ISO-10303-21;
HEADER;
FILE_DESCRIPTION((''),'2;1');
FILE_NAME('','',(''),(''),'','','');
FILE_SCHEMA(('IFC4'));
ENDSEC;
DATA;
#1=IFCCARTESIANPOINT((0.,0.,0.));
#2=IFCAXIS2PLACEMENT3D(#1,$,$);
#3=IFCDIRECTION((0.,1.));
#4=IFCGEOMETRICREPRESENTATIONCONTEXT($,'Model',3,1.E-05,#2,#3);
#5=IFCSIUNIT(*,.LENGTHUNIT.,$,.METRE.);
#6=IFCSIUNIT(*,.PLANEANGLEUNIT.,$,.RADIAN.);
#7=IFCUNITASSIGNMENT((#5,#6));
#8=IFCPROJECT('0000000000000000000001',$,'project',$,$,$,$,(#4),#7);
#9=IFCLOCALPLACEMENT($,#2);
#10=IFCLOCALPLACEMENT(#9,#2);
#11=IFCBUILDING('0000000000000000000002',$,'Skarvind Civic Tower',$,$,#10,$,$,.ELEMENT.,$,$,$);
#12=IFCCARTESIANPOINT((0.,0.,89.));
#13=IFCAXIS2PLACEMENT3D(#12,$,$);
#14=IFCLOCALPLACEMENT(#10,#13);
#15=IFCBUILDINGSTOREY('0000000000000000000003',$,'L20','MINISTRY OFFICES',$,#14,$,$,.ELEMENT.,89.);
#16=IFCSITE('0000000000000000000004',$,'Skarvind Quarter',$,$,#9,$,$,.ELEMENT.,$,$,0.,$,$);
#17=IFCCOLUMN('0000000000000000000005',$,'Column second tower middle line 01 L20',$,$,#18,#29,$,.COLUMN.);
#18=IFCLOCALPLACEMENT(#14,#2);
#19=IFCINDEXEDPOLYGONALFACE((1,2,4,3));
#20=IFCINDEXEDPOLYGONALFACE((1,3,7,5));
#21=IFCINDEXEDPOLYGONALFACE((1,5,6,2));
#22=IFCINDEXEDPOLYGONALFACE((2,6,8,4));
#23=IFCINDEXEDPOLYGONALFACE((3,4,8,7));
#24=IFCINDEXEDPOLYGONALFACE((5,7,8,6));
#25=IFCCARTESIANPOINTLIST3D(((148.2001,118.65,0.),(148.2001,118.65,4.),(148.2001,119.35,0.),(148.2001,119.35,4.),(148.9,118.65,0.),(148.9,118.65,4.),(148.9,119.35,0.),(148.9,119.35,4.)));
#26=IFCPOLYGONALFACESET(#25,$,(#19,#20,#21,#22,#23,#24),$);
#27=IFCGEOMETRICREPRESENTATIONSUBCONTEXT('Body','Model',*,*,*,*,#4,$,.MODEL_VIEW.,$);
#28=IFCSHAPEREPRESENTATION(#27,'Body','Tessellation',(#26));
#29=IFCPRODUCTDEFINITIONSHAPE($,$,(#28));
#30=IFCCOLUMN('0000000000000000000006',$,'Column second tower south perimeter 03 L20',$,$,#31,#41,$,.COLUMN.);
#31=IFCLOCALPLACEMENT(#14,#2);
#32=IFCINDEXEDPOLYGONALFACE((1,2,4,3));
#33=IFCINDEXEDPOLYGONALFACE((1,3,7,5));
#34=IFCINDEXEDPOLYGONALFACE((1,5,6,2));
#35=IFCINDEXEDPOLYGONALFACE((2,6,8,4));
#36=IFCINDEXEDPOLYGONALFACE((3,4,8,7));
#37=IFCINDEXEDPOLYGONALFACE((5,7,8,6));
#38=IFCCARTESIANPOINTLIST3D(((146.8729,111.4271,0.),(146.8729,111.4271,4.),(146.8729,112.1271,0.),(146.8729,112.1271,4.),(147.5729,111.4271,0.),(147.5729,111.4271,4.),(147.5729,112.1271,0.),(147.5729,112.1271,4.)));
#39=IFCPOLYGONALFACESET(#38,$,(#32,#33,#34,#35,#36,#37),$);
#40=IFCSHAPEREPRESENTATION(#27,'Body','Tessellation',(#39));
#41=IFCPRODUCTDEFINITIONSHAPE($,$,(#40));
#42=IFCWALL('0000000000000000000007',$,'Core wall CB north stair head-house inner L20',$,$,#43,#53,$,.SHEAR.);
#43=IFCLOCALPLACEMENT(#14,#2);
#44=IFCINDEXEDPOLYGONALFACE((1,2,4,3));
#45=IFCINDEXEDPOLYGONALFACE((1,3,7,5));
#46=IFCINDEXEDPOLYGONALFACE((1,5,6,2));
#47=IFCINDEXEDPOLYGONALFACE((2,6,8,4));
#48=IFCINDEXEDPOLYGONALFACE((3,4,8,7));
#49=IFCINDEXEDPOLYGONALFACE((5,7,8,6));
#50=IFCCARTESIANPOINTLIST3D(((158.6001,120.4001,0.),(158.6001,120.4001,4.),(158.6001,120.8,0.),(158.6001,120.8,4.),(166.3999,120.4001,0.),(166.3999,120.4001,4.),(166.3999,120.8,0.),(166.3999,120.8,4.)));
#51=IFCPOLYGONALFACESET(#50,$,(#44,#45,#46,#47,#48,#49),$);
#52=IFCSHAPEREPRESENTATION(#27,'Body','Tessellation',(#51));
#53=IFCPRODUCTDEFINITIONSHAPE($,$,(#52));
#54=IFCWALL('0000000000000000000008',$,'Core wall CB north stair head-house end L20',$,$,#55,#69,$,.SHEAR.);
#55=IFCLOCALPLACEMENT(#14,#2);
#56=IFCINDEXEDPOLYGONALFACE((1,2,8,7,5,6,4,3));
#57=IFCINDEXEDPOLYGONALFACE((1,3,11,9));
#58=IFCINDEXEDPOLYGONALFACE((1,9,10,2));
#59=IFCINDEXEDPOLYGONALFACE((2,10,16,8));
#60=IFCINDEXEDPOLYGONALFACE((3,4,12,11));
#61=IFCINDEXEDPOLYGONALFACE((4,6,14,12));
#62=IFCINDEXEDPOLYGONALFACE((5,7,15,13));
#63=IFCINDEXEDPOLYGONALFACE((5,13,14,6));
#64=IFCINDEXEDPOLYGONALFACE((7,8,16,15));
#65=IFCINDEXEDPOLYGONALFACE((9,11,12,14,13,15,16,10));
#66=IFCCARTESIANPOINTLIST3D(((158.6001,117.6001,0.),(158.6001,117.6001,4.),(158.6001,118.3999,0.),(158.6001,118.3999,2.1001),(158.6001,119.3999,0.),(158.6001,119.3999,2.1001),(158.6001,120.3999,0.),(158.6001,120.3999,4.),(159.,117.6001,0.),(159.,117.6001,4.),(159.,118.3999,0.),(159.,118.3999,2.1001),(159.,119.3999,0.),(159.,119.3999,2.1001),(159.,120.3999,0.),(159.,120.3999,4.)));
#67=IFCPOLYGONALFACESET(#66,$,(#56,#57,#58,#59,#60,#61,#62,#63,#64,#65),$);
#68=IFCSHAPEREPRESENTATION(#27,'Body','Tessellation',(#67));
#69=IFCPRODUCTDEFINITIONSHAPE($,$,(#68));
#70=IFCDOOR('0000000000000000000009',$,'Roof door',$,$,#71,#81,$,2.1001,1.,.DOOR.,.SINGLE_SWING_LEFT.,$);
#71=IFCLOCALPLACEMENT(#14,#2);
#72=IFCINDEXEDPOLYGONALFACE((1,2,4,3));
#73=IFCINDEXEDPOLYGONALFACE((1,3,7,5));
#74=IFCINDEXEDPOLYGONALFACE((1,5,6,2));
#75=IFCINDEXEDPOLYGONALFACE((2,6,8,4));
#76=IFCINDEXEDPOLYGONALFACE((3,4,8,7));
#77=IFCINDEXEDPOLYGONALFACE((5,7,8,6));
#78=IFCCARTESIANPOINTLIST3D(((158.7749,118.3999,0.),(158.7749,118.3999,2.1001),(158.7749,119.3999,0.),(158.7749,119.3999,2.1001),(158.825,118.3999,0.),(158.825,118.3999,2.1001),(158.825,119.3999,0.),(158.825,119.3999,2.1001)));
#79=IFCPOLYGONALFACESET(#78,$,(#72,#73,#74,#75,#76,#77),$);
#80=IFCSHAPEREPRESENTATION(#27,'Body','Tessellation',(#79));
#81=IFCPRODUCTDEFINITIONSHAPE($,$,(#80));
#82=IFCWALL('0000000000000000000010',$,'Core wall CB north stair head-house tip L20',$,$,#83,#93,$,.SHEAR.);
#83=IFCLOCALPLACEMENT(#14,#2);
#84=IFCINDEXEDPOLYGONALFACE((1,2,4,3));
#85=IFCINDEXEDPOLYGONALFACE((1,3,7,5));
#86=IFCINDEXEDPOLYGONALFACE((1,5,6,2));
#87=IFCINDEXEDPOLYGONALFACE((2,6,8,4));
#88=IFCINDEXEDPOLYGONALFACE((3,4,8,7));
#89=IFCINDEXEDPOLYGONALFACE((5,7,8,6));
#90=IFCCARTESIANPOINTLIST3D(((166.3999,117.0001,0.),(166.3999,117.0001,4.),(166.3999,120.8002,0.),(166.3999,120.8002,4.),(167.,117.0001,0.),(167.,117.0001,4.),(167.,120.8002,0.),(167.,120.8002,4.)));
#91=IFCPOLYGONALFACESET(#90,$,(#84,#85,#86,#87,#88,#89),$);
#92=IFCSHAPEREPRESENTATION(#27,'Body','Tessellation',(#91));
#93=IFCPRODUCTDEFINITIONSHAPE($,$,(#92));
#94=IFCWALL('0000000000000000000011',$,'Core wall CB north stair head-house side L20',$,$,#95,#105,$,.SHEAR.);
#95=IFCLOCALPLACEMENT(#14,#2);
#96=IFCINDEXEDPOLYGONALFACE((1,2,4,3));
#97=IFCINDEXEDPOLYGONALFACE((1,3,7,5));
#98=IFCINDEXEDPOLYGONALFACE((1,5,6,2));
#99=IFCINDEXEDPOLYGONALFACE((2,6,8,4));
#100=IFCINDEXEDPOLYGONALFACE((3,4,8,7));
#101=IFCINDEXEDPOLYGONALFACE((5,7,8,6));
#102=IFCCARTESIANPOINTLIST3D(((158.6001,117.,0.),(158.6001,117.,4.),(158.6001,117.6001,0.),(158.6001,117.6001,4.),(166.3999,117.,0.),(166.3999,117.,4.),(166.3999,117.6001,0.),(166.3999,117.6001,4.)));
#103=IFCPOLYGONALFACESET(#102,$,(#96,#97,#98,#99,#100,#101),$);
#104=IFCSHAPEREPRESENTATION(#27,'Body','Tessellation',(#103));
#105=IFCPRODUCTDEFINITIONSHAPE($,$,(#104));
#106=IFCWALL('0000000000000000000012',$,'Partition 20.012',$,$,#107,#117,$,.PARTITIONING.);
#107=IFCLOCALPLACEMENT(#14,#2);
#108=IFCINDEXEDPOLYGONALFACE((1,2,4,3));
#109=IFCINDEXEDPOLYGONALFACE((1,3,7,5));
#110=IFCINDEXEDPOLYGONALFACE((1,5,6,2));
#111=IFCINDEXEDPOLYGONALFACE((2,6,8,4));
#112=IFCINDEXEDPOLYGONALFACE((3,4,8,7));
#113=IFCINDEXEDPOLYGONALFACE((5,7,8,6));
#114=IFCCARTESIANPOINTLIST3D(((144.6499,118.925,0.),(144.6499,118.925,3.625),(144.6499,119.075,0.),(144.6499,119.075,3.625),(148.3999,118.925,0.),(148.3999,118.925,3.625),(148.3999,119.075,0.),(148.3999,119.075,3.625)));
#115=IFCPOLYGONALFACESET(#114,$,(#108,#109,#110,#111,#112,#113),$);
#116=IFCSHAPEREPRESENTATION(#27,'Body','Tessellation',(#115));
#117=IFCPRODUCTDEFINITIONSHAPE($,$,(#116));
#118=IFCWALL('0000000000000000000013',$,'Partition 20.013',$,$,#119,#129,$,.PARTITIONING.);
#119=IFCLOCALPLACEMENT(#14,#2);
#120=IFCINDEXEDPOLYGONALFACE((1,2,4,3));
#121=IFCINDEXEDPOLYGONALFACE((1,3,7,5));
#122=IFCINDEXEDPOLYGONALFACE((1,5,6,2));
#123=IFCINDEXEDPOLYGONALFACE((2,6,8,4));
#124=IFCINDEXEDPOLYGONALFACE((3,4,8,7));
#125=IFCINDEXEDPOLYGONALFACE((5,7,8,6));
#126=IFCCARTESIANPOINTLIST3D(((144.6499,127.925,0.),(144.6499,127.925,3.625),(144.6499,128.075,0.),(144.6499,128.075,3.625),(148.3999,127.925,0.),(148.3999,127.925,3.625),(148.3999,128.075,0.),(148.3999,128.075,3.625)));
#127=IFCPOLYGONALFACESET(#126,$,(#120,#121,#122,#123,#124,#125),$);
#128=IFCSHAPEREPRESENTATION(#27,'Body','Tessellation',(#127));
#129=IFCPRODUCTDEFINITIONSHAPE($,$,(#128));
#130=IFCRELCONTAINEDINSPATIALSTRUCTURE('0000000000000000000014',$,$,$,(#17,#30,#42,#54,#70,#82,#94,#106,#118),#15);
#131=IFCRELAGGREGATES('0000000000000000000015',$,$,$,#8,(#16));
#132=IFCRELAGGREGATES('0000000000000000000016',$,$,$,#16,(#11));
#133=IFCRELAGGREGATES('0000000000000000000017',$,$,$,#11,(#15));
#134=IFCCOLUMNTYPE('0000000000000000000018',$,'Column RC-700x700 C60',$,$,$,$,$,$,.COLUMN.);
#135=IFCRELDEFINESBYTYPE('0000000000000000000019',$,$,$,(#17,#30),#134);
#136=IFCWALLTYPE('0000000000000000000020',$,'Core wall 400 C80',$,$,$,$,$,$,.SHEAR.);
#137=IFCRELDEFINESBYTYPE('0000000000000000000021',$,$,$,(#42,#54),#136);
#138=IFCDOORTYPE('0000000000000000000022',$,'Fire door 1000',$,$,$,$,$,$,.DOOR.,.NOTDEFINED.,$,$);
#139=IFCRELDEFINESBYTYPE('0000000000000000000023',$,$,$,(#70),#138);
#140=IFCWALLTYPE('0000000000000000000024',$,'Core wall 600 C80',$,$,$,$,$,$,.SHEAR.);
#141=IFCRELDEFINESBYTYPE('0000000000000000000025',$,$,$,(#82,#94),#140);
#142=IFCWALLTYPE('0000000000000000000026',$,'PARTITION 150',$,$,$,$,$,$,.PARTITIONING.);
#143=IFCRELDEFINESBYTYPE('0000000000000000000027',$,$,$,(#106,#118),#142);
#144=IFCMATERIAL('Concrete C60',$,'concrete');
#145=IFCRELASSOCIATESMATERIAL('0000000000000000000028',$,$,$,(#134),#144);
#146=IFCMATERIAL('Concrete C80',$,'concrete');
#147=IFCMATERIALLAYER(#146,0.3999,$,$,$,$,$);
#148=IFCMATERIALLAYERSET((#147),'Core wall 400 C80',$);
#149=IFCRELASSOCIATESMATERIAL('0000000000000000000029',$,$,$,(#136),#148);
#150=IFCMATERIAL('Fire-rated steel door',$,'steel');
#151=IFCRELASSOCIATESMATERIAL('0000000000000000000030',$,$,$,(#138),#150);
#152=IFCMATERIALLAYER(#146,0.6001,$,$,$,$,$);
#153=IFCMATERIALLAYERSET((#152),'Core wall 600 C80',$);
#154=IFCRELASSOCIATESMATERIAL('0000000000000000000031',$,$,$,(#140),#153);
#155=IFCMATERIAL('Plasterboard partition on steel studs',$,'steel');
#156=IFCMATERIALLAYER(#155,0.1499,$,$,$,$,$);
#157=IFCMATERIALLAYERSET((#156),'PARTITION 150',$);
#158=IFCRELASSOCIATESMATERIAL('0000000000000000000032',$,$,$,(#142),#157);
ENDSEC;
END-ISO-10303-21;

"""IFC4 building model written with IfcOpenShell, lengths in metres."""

from ifc_helpers import new_model, si_unit, direction, frame, frame_2d, origin, origin_2d, place, context, subcontext, project, spatial, rectangle, extrude, material, layer, layer_set, material_profile, profile_set, type_object, element, fill, save


model = new_model("IFC4")

# Units and contexts
model_context = context("Model", 3, precision=1e-05, world=origin(), true_north=direction((0.0, 1.0)))
body_context = subcontext(model_context, "Body", "Model", "MODEL_VIEW")
ifc_project = project(units=[si_unit("LENGTHUNIT", "METRE"), si_unit("PLANEANGLEUNIT", "RADIAN")], contexts=[model_context])

# Site, building, storey
site_placement = place(None, origin())
site = spatial("IfcSite", under=ifc_project, at=site_placement, Name="Skarvind Quarter", CompositionType="ELEMENT", RefElevation=0.0)
building_placement = place(site_placement, origin())
building = spatial("IfcBuilding", under=site, at=building_placement, Name="Skarvind Civic Tower", CompositionType="ELEMENT")
storey_placement = place(building_placement, frame((0.0, 0.0, 89.0)))
storey = spatial("IfcBuildingStorey", under=building, at=storey_placement, Name="L20", Description="MINISTRY OFFICES", CompositionType="ELEMENT", Elevation=89.0)

# Columns
ifc_material_1 = material(Name="Concrete C60", Category="concrete")
ifc_material_profile = material_profile(ifc_material_1, rectangle(XDim=0.7, YDim=0.7, at=origin_2d()), Name="RC-700x700")
ifc_profile_set = profile_set([ifc_material_profile], Name="Concrete C60")
column_type = type_object("IfcColumnType", Name="Column RC-700x700 C60", PredefinedType="COLUMN", material=ifc_profile_set)
for number, where, z_axis, x_axis, name in (
    (1, (148.55, 119.0, 0.0), (0.0, 0.0, 1.0), (1.0, 0.0, 0.0), "Column second tower middle line 01 L20"),
    (2, (147.2229, 111.7771, 0.0), (0.0, 0.0, 1.0), (1.0, 0.0, 0.0), "Column second tower south perimeter 03 L20"),
):
    element("IfcColumn", number, at=place(storey_placement, frame(where, z_axis=z_axis, x_axis=x_axis)), inside=storey, type_object=column_type, Name=name, PredefinedType="COLUMN", context=body_context, shape_type="SweptSolid", body=[
        extrude(rectangle(XDim=0.7, YDim=0.7, at=origin_2d()), origin(), (0.0, 0.0, 1.0), 4.0),
    ])

# Wall
ifc_material_2 = material(Name="Concrete C80", Category="concrete")
ifc_layer_1 = layer(ifc_material_2, 0.3999)
ifc_layer_set_1 = layer_set([ifc_layer_1], Name="Core wall 400 C80")
wall_type_1 = type_object("IfcWallType", Name="Core wall 400 C80", PredefinedType="SHEAR", material=ifc_layer_set_1)
wall_1_placement = place(storey_placement, frame((166.3999, 120.6001, 0.0), z_axis=(0.0, 0.0, 1.0), x_axis=(-1.0, 0.0, 0.0)))
element("IfcWall", 3, at=wall_1_placement, inside=storey, type_object=wall_type_1, Name="Core wall CB north stair head-house inner L20", PredefinedType="SHEAR", context=body_context, shape_type="SweptSolid", body=[
    extrude(rectangle(XDim=7.7998, YDim=0.3999, at=frame_2d((3.8999, 0.0))), origin(), (0.0, 0.0, 1.0), 4.0),
])

# Wall, opening, door
wall_2_placement = place(storey_placement, frame((158.8, 120.3999, 0.0), z_axis=(0.0, 0.0, 1.0), x_axis=(0.0, -1.0, 0.0)))
wall_2 = element("IfcWall", 4, at=wall_2_placement, inside=storey, type_object=wall_type_1, Name="Core wall CB north stair head-house end L20", PredefinedType="SHEAR", context=body_context, shape_type="SweptSolid", body=[
    extrude(rectangle(XDim=2.7998, YDim=0.3999, at=frame_2d((1.3999, 0.0))), origin(), (0.0, 0.0, 1.0), 4.0),
])
opening_1_placement = place(wall_2_placement, frame((1.0, 0.0, 0.0)))
opening_1 = element("IfcOpeningElement", 5, at=opening_1_placement, cuts=wall_2, PredefinedType="OPENING", context=body_context, shape_type="SweptSolid", body=[
    extrude(rectangle(XDim=1.0, YDim=2.1001, at=frame_2d((0.5, 1.05))), frame((0.0, 0.21, 0.0), z_axis=(0.0, -1.0, 0.0), x_axis=(1.0, 0.0, 0.0)), (0.0, 0.0, 1.0), 0.4199),
])
ifc_material_3 = material(Name="Fire-rated steel door", Category="steel")
door_type = type_object("IfcDoorType", Name="Fire door 1000", OperationType="NOTDEFINED", PredefinedType="DOOR", material=ifc_material_3)
door_placement = place(opening_1_placement, origin())
door = element("IfcDoor", 6, at=door_placement, inside=storey, type_object=door_type, Name="Roof door", OperationType="SINGLE_SWING_LEFT", OverallHeight=2.1001, OverallWidth=1.0, PredefinedType="DOOR", context=body_context, shape_type="SweptSolid", body=[
    extrude(rectangle(XDim=1.0, YDim=2.1001, at=frame_2d((0.5, 1.05))), frame((0.0, 0.0249, 0.0), z_axis=(0.0, -1.0, 0.0), x_axis=(1.0, 0.0, 0.0)), (0.0, 0.0, 1.0), 0.05),
])
fill(opening_1, door)

# Walls
ifc_layer_2 = layer(ifc_material_2, 0.6001)
ifc_layer_set_2 = layer_set([ifc_layer_2], Name="Core wall 600 C80")
wall_type_2 = type_object("IfcWallType", Name="Core wall 600 C80", PredefinedType="SHEAR", material=ifc_layer_set_2)
wall_3_placement = place(storey_placement, frame((166.7, 120.8, 0.0), z_axis=(0.0, 0.0, 1.0), x_axis=(0.0, -1.0, 0.0)))
element("IfcWall", 7, at=wall_3_placement, inside=storey, type_object=wall_type_2, Name="Core wall CB north stair head-house tip L20", PredefinedType="SHEAR", context=body_context, shape_type="SweptSolid", body=[
    extrude(rectangle(XDim=3.8, YDim=0.6001, at=frame_2d((1.8999, 0.0))), origin(), (0.0, 0.0, 1.0), 4.0),
])
wall_4_placement = place(storey_placement, frame((166.3999, 117.3, 0.0), z_axis=(0.0, 0.0, 1.0), x_axis=(-1.0, 0.0, 0.0)))
element("IfcWall", 8, at=wall_4_placement, inside=storey, type_object=wall_type_2, Name="Core wall CB north stair head-house side L20", PredefinedType="SHEAR", context=body_context, shape_type="SweptSolid", body=[
    extrude(rectangle(XDim=7.7998, YDim=0.6001, at=frame_2d((3.8999, 0.0))), origin(), (0.0, 0.0, 1.0), 4.0),
])
ifc_material_4 = material(Name="Plasterboard partition on steel studs", Category="steel")
ifc_layer_3 = layer(ifc_material_4, 0.1499)
ifc_layer_set_3 = layer_set([ifc_layer_3], Name="PARTITION 150")
wall_type_3 = type_object("IfcWallType", Name="PARTITION 150", PredefinedType="PARTITIONING", material=ifc_layer_set_3)
for number, where, z_axis, x_axis, name in (
    (9, (144.6499, 119.0, 0.0), (0.0, 0.0, 1.0), (1.0, 0.0, 0.0), "Partition 20.012"),
    (10, (144.6499, 128.0, 0.0), (0.0, 0.0, 1.0), (1.0, 0.0, 0.0), "Partition 20.013"),
):
    element("IfcWall", number, at=place(storey_placement, frame(where, z_axis=z_axis, x_axis=x_axis)), inside=storey, type_object=wall_type_3, Name=name, PredefinedType="PARTITIONING", context=body_context, shape_type="SweptSolid", body=[
        extrude(rectangle(XDim=3.75, YDim=0.1499, at=frame_2d((1.875, 0.0))), origin(), (0.0, 0.0, 1.0), 3.625),
    ])

save(model, "model.ifc")
